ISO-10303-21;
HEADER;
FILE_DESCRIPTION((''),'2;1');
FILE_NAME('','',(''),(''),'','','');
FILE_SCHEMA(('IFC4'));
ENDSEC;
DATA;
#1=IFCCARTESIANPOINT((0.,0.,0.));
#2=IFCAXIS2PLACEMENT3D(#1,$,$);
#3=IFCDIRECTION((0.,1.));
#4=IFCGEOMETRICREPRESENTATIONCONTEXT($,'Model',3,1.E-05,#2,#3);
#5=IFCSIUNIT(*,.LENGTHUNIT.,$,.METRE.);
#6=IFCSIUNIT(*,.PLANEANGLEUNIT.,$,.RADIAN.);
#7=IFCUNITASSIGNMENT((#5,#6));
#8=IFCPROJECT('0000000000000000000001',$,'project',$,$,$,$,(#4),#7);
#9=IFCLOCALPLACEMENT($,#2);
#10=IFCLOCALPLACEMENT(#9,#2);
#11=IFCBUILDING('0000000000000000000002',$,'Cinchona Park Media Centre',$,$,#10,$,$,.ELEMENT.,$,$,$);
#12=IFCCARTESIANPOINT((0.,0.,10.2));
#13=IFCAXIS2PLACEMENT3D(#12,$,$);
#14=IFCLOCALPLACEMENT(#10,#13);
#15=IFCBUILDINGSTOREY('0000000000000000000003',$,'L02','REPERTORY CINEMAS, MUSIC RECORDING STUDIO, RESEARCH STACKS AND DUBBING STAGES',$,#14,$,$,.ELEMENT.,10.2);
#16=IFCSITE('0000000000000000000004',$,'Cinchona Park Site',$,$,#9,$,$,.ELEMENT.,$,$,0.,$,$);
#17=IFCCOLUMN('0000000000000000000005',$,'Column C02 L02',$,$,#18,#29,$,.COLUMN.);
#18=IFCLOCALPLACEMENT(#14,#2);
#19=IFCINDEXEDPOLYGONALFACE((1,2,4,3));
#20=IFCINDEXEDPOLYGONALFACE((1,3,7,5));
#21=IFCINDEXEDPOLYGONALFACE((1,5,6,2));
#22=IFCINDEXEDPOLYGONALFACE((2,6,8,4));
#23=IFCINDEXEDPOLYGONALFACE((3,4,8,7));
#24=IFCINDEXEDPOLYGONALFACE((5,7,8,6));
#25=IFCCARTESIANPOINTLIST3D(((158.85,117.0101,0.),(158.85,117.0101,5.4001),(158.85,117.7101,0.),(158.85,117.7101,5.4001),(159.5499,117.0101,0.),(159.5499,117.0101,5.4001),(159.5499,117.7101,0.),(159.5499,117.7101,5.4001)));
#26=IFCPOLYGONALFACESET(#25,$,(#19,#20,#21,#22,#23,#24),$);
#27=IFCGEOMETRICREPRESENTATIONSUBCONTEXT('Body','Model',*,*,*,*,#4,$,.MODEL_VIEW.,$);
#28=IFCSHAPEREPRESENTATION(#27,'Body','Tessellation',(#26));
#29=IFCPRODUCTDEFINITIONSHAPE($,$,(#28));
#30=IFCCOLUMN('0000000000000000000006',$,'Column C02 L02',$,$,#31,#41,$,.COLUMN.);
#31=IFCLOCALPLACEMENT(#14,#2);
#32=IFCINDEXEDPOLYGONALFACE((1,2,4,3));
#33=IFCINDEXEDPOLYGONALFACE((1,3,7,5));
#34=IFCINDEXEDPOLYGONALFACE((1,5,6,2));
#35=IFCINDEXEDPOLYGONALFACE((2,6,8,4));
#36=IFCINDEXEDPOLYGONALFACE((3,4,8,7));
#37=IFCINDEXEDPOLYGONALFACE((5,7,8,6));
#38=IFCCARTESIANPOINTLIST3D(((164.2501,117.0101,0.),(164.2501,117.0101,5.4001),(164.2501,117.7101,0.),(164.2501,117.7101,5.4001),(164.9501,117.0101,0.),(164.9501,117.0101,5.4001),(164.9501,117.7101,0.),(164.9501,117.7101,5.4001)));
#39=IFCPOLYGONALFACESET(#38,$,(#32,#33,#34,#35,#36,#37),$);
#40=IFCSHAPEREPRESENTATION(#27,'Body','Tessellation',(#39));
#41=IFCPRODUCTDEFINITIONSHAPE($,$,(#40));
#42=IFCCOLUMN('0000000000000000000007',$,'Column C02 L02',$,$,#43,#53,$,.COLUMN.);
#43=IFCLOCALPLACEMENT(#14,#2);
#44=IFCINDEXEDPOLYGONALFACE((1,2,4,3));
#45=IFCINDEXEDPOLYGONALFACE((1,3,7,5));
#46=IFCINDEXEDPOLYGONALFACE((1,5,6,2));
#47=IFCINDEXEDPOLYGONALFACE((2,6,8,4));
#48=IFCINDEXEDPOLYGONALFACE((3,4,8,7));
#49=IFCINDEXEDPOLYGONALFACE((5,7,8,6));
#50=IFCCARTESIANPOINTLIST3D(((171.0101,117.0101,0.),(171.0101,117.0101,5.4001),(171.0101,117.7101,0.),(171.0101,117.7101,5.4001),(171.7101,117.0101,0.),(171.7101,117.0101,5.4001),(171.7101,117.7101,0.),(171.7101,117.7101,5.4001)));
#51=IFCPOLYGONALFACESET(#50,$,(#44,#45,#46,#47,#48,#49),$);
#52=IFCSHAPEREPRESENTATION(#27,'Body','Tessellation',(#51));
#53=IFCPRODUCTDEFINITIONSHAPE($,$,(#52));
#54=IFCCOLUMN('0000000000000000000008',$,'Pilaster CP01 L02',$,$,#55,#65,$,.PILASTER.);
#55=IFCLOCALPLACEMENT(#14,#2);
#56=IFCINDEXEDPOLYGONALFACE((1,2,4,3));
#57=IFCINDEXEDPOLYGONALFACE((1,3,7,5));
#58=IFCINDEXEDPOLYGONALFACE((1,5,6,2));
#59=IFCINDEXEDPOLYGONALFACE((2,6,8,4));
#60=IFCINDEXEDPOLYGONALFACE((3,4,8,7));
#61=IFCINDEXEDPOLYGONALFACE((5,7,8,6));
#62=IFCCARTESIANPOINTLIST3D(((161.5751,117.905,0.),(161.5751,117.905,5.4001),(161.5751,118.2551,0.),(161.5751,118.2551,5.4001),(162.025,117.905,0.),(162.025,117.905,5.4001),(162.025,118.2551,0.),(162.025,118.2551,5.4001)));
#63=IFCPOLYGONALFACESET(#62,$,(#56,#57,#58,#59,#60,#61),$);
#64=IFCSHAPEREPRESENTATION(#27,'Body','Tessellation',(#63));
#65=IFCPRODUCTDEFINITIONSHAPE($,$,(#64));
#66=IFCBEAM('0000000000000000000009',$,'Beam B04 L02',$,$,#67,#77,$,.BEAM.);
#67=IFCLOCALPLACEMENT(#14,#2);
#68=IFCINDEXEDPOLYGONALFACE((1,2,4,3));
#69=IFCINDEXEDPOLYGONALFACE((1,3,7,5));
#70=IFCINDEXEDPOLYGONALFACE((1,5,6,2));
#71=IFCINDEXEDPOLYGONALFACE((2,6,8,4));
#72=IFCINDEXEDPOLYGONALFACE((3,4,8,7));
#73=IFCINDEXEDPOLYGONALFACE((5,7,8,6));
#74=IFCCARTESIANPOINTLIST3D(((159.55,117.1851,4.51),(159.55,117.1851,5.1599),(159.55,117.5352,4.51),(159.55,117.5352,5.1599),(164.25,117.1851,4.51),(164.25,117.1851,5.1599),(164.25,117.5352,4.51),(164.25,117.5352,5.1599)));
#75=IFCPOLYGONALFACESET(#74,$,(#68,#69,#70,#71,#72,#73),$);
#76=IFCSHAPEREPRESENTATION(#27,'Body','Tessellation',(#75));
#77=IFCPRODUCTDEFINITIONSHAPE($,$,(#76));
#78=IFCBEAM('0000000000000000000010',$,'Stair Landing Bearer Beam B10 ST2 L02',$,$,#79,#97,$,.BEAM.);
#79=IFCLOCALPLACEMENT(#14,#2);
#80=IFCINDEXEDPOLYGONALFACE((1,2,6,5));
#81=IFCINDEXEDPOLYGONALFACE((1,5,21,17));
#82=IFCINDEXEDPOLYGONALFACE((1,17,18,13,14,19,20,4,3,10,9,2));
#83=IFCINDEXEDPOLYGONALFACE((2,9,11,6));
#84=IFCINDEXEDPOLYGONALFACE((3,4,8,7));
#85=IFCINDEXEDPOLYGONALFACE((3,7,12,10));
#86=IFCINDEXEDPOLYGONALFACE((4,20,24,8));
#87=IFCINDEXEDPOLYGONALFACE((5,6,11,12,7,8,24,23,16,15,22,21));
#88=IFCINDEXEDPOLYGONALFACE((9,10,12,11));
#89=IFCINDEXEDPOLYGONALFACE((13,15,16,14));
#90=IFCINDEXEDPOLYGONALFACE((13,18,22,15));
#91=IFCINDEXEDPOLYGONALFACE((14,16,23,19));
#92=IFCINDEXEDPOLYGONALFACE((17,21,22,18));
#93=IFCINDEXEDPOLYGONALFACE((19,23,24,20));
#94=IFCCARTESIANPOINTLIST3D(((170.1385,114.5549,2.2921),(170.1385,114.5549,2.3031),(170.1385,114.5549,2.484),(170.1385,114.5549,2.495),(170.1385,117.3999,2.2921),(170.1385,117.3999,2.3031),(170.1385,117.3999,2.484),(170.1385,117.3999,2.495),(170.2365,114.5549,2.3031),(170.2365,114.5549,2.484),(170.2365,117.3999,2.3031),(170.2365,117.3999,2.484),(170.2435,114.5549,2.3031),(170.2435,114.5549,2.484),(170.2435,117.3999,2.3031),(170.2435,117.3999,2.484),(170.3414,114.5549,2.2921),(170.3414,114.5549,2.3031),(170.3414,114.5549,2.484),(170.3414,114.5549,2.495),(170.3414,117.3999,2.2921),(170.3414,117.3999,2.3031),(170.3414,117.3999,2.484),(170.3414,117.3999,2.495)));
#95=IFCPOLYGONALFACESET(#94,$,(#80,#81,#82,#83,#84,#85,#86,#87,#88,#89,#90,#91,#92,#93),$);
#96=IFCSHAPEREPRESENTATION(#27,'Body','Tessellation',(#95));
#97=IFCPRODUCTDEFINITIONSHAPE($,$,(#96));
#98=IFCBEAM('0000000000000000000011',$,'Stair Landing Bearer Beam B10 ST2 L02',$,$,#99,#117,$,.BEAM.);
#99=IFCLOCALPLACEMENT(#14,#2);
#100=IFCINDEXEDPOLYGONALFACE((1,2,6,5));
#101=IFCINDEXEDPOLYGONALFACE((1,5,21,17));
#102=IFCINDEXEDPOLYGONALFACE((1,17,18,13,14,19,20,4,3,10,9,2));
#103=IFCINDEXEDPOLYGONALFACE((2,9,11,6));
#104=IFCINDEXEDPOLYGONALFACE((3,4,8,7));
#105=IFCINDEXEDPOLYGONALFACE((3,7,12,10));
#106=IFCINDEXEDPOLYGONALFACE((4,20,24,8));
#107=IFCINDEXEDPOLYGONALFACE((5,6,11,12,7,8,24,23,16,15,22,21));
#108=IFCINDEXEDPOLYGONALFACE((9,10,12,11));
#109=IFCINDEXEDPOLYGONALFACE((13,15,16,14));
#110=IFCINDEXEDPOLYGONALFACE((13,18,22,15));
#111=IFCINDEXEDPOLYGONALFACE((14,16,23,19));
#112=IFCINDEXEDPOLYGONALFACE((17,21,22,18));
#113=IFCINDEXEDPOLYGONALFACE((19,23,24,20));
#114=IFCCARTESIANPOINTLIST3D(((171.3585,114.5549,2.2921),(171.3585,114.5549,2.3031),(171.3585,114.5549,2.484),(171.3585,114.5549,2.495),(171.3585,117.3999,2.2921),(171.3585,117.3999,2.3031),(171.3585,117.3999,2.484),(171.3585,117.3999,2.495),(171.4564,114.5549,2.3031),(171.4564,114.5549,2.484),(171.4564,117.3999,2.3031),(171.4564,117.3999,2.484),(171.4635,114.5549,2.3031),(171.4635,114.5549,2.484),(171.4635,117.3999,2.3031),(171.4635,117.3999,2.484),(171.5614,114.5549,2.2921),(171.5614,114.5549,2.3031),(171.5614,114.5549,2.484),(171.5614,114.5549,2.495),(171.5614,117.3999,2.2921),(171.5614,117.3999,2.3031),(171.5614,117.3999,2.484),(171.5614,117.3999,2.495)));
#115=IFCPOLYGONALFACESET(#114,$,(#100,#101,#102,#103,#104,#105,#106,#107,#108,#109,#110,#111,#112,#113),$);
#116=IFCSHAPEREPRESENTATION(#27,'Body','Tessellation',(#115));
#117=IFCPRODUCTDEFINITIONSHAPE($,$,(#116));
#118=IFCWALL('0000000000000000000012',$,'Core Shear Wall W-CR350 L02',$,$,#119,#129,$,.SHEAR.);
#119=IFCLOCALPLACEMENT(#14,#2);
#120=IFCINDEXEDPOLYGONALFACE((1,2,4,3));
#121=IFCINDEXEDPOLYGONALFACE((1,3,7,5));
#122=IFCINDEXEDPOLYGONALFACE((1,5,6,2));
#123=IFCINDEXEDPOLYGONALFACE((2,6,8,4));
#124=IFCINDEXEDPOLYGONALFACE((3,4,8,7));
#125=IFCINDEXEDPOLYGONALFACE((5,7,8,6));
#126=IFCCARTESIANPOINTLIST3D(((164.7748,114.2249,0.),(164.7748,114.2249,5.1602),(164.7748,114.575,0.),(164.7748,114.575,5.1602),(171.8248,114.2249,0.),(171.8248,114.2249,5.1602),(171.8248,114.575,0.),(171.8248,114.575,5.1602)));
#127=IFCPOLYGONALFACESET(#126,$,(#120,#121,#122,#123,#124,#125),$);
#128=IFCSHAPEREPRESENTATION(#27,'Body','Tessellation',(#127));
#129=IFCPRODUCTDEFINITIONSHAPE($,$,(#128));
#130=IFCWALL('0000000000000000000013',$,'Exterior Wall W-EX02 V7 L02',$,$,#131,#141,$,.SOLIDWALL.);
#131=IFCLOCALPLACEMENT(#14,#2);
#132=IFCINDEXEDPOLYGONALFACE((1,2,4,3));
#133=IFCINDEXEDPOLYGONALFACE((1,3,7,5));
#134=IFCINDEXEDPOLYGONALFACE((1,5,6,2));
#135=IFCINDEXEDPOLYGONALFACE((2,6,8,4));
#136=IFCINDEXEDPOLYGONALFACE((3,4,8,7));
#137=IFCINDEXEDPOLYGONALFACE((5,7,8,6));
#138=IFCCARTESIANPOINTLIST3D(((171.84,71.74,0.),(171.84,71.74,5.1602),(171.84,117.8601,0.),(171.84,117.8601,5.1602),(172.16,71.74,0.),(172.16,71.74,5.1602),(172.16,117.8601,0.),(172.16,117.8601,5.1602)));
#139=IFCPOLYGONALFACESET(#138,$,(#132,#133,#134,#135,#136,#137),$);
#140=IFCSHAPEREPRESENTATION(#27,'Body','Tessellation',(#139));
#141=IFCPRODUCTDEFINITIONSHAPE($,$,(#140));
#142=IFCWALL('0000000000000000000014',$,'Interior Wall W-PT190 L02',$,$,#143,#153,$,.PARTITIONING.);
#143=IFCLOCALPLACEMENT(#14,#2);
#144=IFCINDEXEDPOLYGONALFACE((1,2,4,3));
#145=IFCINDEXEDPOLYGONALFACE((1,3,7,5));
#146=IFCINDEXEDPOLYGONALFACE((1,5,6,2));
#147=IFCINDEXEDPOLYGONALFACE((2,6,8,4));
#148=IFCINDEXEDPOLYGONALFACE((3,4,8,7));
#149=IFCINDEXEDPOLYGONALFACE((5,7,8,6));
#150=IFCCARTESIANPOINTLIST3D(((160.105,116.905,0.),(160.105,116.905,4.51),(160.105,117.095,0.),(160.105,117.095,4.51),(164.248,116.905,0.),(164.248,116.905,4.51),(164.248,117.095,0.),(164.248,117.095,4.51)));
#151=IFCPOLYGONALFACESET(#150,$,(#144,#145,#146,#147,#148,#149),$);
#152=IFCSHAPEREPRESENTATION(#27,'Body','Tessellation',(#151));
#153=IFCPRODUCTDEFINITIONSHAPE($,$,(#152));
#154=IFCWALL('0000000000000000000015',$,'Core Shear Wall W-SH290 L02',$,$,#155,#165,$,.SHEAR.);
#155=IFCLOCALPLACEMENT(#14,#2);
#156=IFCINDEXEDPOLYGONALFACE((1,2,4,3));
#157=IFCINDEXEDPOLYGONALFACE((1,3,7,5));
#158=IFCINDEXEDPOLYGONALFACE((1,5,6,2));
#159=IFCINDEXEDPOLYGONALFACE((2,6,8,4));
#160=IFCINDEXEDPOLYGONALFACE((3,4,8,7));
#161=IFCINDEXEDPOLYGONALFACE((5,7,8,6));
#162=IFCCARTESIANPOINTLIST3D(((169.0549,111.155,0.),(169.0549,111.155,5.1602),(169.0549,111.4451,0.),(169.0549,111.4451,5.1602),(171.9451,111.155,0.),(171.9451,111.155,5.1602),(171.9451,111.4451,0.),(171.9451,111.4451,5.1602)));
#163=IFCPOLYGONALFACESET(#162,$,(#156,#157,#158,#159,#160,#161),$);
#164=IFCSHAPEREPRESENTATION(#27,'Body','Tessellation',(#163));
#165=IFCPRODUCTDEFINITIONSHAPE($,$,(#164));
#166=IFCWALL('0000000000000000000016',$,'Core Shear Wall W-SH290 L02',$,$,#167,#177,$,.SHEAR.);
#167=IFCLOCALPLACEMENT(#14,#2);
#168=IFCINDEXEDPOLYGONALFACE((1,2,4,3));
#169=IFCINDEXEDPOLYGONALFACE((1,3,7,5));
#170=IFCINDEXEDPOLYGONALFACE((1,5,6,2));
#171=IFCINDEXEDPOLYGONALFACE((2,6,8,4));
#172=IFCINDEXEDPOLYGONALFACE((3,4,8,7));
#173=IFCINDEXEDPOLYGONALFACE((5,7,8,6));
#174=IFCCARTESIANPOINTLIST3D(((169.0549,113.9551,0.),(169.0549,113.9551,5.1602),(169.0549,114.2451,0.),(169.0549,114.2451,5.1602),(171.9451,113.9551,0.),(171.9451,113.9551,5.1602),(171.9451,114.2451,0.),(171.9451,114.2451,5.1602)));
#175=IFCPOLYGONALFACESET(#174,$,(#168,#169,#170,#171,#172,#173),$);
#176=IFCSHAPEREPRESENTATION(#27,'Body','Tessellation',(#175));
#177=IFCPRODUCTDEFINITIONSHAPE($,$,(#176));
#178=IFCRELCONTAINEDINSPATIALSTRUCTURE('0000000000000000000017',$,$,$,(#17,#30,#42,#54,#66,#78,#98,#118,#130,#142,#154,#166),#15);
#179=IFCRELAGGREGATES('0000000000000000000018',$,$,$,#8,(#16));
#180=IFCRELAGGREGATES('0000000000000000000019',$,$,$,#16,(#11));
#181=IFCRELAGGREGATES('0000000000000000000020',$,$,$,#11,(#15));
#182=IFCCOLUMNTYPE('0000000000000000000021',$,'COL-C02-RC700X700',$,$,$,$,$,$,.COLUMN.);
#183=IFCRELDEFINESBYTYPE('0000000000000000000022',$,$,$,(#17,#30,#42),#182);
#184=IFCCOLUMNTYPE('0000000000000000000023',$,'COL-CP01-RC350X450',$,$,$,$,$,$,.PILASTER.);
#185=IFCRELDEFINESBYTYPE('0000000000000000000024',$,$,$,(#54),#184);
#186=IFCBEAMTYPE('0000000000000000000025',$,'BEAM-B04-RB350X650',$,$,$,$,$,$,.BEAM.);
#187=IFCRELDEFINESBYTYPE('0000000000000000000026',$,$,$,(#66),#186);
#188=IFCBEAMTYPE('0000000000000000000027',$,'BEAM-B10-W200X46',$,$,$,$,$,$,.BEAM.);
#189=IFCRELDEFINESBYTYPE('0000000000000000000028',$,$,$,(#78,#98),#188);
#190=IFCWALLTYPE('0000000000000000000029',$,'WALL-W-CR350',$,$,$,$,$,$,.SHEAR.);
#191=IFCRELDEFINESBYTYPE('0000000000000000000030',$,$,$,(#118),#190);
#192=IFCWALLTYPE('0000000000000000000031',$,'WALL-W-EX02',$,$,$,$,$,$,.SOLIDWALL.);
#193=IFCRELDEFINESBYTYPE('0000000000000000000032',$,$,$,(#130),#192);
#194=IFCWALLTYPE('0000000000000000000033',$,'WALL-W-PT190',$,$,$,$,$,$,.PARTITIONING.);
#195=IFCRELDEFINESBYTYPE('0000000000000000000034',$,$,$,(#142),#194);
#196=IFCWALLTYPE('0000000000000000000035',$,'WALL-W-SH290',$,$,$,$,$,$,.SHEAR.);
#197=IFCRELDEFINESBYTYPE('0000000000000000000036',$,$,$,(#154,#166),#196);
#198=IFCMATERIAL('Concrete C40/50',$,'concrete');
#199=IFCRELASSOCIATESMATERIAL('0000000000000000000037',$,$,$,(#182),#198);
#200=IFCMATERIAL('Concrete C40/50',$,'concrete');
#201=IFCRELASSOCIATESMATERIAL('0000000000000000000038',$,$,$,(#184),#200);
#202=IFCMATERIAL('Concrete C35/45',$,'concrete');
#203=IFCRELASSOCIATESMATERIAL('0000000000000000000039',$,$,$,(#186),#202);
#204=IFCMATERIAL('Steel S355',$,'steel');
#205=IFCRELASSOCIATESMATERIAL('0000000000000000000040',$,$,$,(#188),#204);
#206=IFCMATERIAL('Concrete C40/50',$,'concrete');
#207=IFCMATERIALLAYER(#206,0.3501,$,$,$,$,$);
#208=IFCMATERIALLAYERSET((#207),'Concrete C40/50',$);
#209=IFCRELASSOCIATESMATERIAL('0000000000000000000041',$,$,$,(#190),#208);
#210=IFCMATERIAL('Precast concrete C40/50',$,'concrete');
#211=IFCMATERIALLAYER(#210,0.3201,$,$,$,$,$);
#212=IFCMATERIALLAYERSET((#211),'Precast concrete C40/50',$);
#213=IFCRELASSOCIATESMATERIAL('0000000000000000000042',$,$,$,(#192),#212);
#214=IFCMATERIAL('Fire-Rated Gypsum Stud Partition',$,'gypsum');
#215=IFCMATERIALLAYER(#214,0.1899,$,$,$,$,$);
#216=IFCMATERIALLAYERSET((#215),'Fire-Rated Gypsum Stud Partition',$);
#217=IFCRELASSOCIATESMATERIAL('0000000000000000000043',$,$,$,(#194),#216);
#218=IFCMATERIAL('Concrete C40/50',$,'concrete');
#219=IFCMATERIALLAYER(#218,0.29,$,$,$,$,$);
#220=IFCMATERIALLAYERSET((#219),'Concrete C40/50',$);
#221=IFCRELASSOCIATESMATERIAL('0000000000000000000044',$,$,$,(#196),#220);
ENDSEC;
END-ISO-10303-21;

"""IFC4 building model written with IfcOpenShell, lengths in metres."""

from ifc_helpers import new_model, si_unit, direction, frame, frame_2d, origin, origin_2d, place, context, subcontext, project, spatial, rectangle, i_section, extrude, material, layer, layer_set, material_profile, profile_set, type_object, element, save


model = new_model("IFC4")

# Units and contexts
model_context = context("Model", 3, precision=1e-05, world=origin(), true_north=direction((0.0, 1.0)))
body_context = subcontext(model_context, "Body", "Model", "MODEL_VIEW")
ifc_project = project(units=[si_unit("LENGTHUNIT", "METRE"), si_unit("PLANEANGLEUNIT", "RADIAN")], contexts=[model_context])

# Site, building, storey
site_placement = place(None, origin())
site = spatial("IfcSite", under=ifc_project, at=site_placement, Name="Cinchona Park Site", CompositionType="ELEMENT", RefElevation=0.0)
building_placement = place(site_placement, origin())
building = spatial("IfcBuilding", under=site, at=building_placement, Name="Cinchona Park Media Centre", CompositionType="ELEMENT")
storey_placement = place(building_placement, frame((0.0, 0.0, 10.2)))
storey = spatial("IfcBuildingStorey", under=building, at=storey_placement, Name="L02", Description="REPERTORY CINEMAS, MUSIC RECORDING STUDIO, RESEARCH STACKS AND DUBBING STAGES", CompositionType="ELEMENT", Elevation=10.2)

# Columns
ifc_material_1 = material(Name="Concrete C40/50", Category="concrete")
ifc_material_profile_1 = material_profile(ifc_material_1, rectangle(XDim=0.7, YDim=0.7, at=origin_2d()), Name="RC 700X700")
ifc_profile_set_1 = profile_set([ifc_material_profile_1], Name="Concrete C40/50")
column_type_1 = type_object("IfcColumnType", Name="COL-C02-RC700X700", PredefinedType="COLUMN", material=ifc_profile_set_1)
for number, where, z_axis, x_axis, name in (
    (1, (159.2, 117.3601, 0.0), (0.0, 0.0, 1.0), (1.0, 0.0, 0.0), "Column C02 L02"),
    (2, (164.6001, 117.3601, 0.0), (0.0, 0.0, 1.0), (1.0, 0.0, 0.0), "Column C02 L02"),
    (3, (171.3601, 117.3601, 0.0), (0.0, 0.0, 1.0), (1.0, 0.0, 0.0), "Column C02 L02"),
):
    element("IfcColumn", number, at=place(storey_placement, frame(where, z_axis=z_axis, x_axis=x_axis)), inside=storey, type_object=column_type_1, Name=name, PredefinedType="COLUMN", context=body_context, shape_type="SweptSolid", body=[
        extrude(rectangle(XDim=0.7, YDim=0.7, at=origin_2d()), origin(), (0.0, 0.0, 1.0), 5.4001),
    ])
ifc_material_2 = material(Name="Concrete C40/50", Category="concrete")
ifc_material_profile_2 = material_profile(ifc_material_2, rectangle(XDim=0.3501, YDim=0.45, at=origin_2d()), Name="RC 350X450")
ifc_profile_set_2 = profile_set([ifc_material_profile_2], Name="Concrete C40/50")
column_type_2 = type_object("IfcColumnType", Name="COL-CP01-RC350X450", PredefinedType="PILASTER", material=ifc_profile_set_2)
column_placement = place(storey_placement, frame((161.8, 118.0801, 0.0), z_axis=(0.0, 0.0, 1.0), x_axis=(0.0, 1.0, 0.0)))
element("IfcColumn", 4, at=column_placement, inside=storey, type_object=column_type_2, Name="Pilaster CP01 L02", PredefinedType="PILASTER", context=body_context, shape_type="SweptSolid", body=[
    extrude(rectangle(XDim=0.3501, YDim=0.45, at=origin_2d()), origin(), (0.0, 0.0, 1.0), 5.4001),
])

# Beams
ifc_material_3 = material(Name="Concrete C35/45", Category="concrete")
ifc_material_profile_3 = material_profile(ifc_material_3, rectangle(XDim=0.3501, YDim=0.6499, at=origin_2d()), Name="RB 350X650")
ifc_profile_set_3 = profile_set([ifc_material_profile_3], Name="Concrete C35/45")
beam_type_1 = type_object("IfcBeamType", Name="BEAM-B04-RB350X650", PredefinedType="BEAM", material=ifc_profile_set_3)
beam_placement = place(storey_placement, frame((159.55, 117.3601, 4.835), z_axis=(1.0, 0.0, 0.0), x_axis=(0.0, 1.0, 0.0)))
element("IfcBeam", 5, at=beam_placement, inside=storey, type_object=beam_type_1, Name="Beam B04 L02", PredefinedType="BEAM", context=body_context, shape_type="SweptSolid", body=[
    extrude(rectangle(XDim=0.3501, YDim=0.6499, at=origin_2d()), origin(), (0.0, 0.0, 1.0), 4.7),
])
ifc_material_4 = material(Name="Steel S355", Category="steel")
ifc_material_profile_4 = material_profile(ifc_material_4, i_section(OverallWidth=0.2029, OverallDepth=0.2029, WebThickness=0.0071, FlangeThickness=0.011, at=origin_2d()), Name="W200X46")
ifc_profile_set_4 = profile_set([ifc_material_profile_4], Name="Steel S355")
beam_type_2 = type_object("IfcBeamType", Name="BEAM-B10-W200X46", PredefinedType="BEAM", material=ifc_profile_set_4)
for number, where, z_axis, x_axis, name in (
    (6, (170.24, 114.5549, 2.3936), (0.0, 1.0, 0.0), (-1.0, 0.0, 0.0), "Stair Landing Bearer Beam B10 ST2 L02"),
    (7, (171.46, 114.5549, 2.3936), (0.0, 1.0, 0.0), (-1.0, 0.0, 0.0), "Stair Landing Bearer Beam B10 ST2 L02"),
):
    element("IfcBeam", number, at=place(storey_placement, frame(where, z_axis=z_axis, x_axis=x_axis)), inside=storey, type_object=beam_type_2, Name=name, PredefinedType="BEAM", context=body_context, shape_type="SweptSolid", body=[
        extrude(i_section(OverallWidth=0.2029, OverallDepth=0.2029, WebThickness=0.0071, FlangeThickness=0.011, at=origin_2d()), origin(), (0.0, 0.0, 1.0), 2.845),
    ])

# Walls
ifc_material_5 = material(Name="Concrete C40/50", Category="concrete")
ifc_layer_1 = layer(ifc_material_5, 0.3501)
ifc_layer_set_1 = layer_set([ifc_layer_1], Name="Concrete C40/50")
wall_type_1 = type_object("IfcWallType", Name="WALL-W-CR350", PredefinedType="SHEAR", material=ifc_layer_set_1)
wall_1_placement = place(storey_placement, frame((164.7749, 114.3999, 0.0), z_axis=(0.0, 0.0, 1.0), x_axis=(1.0, 0.0, 0.0)))
element("IfcWall", 8, at=wall_1_placement, inside=storey, type_object=wall_type_1, Name="Core Shear Wall W-CR350 L02", PredefinedType="SHEAR", context=body_context, shape_type="SweptSolid", body=[
    extrude(rectangle(XDim=7.05, YDim=0.3501, at=frame_2d((3.5249, 0.0))), origin(), (0.0, 0.0, 1.0), 5.1602),
])
ifc_material_6 = material(Name="Precast concrete C40/50", Category="concrete")
ifc_layer_2 = layer(ifc_material_6, 0.3201)
ifc_layer_set_2 = layer_set([ifc_layer_2], Name="Precast concrete C40/50")
wall_type_2 = type_object("IfcWallType", Name="WALL-W-EX02", PredefinedType="SOLIDWALL", material=ifc_layer_set_2)
wall_2_placement = place(storey_placement, frame((172.0, 117.8601, 0.0), z_axis=(0.0, 0.0, 1.0), x_axis=(0.0, -1.0, 0.0)))
element("IfcWall", 9, at=wall_2_placement, inside=storey, type_object=wall_type_2, Name="Exterior Wall W-EX02 V7 L02", PredefinedType="SOLIDWALL", context=body_context, shape_type="SweptSolid", body=[
    extrude(rectangle(XDim=46.1201, YDim=0.3201, at=frame_2d((23.0601, 0.0))), origin(), (0.0, 0.0, 1.0), 5.1602),
])
ifc_material_7 = material(Name="Fire-Rated Gypsum Stud Partition", Category="gypsum")
ifc_layer_3 = layer(ifc_material_7, 0.1899)
ifc_layer_set_3 = layer_set([ifc_layer_3], Name="Fire-Rated Gypsum Stud Partition")
wall_type_3 = type_object("IfcWallType", Name="WALL-W-PT190", PredefinedType="PARTITIONING", material=ifc_layer_set_3)
wall_3_placement = place(storey_placement, frame((160.105, 117.0, 0.0), z_axis=(0.0, 0.0, 1.0), x_axis=(1.0, 0.0, 0.0)))
element("IfcWall", 10, at=wall_3_placement, inside=storey, type_object=wall_type_3, Name="Interior Wall W-PT190 L02", PredefinedType="PARTITIONING", context=body_context, shape_type="SweptSolid", body=[
    extrude(rectangle(XDim=4.1431, YDim=0.1899, at=frame_2d((2.0715, 0.0))), origin(), (0.0, 0.0, 1.0), 4.51),
])
ifc_material_8 = material(Name="Concrete C40/50", Category="concrete")
ifc_layer_4 = layer(ifc_material_8, 0.29)
ifc_layer_set_4 = layer_set([ifc_layer_4], Name="Concrete C40/50")
wall_type_4 = type_object("IfcWallType", Name="WALL-W-SH290", PredefinedType="SHEAR", material=ifc_layer_set_4)
for number, where, z_axis, x_axis, name in (
    (11, (169.0549, 111.3, 0.0), (0.0, 0.0, 1.0), (1.0, 0.0, 0.0), "Core Shear Wall W-SH290 L02"),
    (12, (169.0549, 114.1001, 0.0), (0.0, 0.0, 1.0), (1.0, 0.0, 0.0), "Core Shear Wall W-SH290 L02"),
):
    element("IfcWall", number, at=place(storey_placement, frame(where, z_axis=z_axis, x_axis=x_axis)), inside=storey, type_object=wall_type_4, Name=name, PredefinedType="SHEAR", context=body_context, shape_type="SweptSolid", body=[
        extrude(rectangle(XDim=2.8901, YDim=0.29, at=frame_2d((1.4451, 0.0))), origin(), (0.0, 0.0, 1.0), 5.1602),
    ])

save(model, "model.ifc")
